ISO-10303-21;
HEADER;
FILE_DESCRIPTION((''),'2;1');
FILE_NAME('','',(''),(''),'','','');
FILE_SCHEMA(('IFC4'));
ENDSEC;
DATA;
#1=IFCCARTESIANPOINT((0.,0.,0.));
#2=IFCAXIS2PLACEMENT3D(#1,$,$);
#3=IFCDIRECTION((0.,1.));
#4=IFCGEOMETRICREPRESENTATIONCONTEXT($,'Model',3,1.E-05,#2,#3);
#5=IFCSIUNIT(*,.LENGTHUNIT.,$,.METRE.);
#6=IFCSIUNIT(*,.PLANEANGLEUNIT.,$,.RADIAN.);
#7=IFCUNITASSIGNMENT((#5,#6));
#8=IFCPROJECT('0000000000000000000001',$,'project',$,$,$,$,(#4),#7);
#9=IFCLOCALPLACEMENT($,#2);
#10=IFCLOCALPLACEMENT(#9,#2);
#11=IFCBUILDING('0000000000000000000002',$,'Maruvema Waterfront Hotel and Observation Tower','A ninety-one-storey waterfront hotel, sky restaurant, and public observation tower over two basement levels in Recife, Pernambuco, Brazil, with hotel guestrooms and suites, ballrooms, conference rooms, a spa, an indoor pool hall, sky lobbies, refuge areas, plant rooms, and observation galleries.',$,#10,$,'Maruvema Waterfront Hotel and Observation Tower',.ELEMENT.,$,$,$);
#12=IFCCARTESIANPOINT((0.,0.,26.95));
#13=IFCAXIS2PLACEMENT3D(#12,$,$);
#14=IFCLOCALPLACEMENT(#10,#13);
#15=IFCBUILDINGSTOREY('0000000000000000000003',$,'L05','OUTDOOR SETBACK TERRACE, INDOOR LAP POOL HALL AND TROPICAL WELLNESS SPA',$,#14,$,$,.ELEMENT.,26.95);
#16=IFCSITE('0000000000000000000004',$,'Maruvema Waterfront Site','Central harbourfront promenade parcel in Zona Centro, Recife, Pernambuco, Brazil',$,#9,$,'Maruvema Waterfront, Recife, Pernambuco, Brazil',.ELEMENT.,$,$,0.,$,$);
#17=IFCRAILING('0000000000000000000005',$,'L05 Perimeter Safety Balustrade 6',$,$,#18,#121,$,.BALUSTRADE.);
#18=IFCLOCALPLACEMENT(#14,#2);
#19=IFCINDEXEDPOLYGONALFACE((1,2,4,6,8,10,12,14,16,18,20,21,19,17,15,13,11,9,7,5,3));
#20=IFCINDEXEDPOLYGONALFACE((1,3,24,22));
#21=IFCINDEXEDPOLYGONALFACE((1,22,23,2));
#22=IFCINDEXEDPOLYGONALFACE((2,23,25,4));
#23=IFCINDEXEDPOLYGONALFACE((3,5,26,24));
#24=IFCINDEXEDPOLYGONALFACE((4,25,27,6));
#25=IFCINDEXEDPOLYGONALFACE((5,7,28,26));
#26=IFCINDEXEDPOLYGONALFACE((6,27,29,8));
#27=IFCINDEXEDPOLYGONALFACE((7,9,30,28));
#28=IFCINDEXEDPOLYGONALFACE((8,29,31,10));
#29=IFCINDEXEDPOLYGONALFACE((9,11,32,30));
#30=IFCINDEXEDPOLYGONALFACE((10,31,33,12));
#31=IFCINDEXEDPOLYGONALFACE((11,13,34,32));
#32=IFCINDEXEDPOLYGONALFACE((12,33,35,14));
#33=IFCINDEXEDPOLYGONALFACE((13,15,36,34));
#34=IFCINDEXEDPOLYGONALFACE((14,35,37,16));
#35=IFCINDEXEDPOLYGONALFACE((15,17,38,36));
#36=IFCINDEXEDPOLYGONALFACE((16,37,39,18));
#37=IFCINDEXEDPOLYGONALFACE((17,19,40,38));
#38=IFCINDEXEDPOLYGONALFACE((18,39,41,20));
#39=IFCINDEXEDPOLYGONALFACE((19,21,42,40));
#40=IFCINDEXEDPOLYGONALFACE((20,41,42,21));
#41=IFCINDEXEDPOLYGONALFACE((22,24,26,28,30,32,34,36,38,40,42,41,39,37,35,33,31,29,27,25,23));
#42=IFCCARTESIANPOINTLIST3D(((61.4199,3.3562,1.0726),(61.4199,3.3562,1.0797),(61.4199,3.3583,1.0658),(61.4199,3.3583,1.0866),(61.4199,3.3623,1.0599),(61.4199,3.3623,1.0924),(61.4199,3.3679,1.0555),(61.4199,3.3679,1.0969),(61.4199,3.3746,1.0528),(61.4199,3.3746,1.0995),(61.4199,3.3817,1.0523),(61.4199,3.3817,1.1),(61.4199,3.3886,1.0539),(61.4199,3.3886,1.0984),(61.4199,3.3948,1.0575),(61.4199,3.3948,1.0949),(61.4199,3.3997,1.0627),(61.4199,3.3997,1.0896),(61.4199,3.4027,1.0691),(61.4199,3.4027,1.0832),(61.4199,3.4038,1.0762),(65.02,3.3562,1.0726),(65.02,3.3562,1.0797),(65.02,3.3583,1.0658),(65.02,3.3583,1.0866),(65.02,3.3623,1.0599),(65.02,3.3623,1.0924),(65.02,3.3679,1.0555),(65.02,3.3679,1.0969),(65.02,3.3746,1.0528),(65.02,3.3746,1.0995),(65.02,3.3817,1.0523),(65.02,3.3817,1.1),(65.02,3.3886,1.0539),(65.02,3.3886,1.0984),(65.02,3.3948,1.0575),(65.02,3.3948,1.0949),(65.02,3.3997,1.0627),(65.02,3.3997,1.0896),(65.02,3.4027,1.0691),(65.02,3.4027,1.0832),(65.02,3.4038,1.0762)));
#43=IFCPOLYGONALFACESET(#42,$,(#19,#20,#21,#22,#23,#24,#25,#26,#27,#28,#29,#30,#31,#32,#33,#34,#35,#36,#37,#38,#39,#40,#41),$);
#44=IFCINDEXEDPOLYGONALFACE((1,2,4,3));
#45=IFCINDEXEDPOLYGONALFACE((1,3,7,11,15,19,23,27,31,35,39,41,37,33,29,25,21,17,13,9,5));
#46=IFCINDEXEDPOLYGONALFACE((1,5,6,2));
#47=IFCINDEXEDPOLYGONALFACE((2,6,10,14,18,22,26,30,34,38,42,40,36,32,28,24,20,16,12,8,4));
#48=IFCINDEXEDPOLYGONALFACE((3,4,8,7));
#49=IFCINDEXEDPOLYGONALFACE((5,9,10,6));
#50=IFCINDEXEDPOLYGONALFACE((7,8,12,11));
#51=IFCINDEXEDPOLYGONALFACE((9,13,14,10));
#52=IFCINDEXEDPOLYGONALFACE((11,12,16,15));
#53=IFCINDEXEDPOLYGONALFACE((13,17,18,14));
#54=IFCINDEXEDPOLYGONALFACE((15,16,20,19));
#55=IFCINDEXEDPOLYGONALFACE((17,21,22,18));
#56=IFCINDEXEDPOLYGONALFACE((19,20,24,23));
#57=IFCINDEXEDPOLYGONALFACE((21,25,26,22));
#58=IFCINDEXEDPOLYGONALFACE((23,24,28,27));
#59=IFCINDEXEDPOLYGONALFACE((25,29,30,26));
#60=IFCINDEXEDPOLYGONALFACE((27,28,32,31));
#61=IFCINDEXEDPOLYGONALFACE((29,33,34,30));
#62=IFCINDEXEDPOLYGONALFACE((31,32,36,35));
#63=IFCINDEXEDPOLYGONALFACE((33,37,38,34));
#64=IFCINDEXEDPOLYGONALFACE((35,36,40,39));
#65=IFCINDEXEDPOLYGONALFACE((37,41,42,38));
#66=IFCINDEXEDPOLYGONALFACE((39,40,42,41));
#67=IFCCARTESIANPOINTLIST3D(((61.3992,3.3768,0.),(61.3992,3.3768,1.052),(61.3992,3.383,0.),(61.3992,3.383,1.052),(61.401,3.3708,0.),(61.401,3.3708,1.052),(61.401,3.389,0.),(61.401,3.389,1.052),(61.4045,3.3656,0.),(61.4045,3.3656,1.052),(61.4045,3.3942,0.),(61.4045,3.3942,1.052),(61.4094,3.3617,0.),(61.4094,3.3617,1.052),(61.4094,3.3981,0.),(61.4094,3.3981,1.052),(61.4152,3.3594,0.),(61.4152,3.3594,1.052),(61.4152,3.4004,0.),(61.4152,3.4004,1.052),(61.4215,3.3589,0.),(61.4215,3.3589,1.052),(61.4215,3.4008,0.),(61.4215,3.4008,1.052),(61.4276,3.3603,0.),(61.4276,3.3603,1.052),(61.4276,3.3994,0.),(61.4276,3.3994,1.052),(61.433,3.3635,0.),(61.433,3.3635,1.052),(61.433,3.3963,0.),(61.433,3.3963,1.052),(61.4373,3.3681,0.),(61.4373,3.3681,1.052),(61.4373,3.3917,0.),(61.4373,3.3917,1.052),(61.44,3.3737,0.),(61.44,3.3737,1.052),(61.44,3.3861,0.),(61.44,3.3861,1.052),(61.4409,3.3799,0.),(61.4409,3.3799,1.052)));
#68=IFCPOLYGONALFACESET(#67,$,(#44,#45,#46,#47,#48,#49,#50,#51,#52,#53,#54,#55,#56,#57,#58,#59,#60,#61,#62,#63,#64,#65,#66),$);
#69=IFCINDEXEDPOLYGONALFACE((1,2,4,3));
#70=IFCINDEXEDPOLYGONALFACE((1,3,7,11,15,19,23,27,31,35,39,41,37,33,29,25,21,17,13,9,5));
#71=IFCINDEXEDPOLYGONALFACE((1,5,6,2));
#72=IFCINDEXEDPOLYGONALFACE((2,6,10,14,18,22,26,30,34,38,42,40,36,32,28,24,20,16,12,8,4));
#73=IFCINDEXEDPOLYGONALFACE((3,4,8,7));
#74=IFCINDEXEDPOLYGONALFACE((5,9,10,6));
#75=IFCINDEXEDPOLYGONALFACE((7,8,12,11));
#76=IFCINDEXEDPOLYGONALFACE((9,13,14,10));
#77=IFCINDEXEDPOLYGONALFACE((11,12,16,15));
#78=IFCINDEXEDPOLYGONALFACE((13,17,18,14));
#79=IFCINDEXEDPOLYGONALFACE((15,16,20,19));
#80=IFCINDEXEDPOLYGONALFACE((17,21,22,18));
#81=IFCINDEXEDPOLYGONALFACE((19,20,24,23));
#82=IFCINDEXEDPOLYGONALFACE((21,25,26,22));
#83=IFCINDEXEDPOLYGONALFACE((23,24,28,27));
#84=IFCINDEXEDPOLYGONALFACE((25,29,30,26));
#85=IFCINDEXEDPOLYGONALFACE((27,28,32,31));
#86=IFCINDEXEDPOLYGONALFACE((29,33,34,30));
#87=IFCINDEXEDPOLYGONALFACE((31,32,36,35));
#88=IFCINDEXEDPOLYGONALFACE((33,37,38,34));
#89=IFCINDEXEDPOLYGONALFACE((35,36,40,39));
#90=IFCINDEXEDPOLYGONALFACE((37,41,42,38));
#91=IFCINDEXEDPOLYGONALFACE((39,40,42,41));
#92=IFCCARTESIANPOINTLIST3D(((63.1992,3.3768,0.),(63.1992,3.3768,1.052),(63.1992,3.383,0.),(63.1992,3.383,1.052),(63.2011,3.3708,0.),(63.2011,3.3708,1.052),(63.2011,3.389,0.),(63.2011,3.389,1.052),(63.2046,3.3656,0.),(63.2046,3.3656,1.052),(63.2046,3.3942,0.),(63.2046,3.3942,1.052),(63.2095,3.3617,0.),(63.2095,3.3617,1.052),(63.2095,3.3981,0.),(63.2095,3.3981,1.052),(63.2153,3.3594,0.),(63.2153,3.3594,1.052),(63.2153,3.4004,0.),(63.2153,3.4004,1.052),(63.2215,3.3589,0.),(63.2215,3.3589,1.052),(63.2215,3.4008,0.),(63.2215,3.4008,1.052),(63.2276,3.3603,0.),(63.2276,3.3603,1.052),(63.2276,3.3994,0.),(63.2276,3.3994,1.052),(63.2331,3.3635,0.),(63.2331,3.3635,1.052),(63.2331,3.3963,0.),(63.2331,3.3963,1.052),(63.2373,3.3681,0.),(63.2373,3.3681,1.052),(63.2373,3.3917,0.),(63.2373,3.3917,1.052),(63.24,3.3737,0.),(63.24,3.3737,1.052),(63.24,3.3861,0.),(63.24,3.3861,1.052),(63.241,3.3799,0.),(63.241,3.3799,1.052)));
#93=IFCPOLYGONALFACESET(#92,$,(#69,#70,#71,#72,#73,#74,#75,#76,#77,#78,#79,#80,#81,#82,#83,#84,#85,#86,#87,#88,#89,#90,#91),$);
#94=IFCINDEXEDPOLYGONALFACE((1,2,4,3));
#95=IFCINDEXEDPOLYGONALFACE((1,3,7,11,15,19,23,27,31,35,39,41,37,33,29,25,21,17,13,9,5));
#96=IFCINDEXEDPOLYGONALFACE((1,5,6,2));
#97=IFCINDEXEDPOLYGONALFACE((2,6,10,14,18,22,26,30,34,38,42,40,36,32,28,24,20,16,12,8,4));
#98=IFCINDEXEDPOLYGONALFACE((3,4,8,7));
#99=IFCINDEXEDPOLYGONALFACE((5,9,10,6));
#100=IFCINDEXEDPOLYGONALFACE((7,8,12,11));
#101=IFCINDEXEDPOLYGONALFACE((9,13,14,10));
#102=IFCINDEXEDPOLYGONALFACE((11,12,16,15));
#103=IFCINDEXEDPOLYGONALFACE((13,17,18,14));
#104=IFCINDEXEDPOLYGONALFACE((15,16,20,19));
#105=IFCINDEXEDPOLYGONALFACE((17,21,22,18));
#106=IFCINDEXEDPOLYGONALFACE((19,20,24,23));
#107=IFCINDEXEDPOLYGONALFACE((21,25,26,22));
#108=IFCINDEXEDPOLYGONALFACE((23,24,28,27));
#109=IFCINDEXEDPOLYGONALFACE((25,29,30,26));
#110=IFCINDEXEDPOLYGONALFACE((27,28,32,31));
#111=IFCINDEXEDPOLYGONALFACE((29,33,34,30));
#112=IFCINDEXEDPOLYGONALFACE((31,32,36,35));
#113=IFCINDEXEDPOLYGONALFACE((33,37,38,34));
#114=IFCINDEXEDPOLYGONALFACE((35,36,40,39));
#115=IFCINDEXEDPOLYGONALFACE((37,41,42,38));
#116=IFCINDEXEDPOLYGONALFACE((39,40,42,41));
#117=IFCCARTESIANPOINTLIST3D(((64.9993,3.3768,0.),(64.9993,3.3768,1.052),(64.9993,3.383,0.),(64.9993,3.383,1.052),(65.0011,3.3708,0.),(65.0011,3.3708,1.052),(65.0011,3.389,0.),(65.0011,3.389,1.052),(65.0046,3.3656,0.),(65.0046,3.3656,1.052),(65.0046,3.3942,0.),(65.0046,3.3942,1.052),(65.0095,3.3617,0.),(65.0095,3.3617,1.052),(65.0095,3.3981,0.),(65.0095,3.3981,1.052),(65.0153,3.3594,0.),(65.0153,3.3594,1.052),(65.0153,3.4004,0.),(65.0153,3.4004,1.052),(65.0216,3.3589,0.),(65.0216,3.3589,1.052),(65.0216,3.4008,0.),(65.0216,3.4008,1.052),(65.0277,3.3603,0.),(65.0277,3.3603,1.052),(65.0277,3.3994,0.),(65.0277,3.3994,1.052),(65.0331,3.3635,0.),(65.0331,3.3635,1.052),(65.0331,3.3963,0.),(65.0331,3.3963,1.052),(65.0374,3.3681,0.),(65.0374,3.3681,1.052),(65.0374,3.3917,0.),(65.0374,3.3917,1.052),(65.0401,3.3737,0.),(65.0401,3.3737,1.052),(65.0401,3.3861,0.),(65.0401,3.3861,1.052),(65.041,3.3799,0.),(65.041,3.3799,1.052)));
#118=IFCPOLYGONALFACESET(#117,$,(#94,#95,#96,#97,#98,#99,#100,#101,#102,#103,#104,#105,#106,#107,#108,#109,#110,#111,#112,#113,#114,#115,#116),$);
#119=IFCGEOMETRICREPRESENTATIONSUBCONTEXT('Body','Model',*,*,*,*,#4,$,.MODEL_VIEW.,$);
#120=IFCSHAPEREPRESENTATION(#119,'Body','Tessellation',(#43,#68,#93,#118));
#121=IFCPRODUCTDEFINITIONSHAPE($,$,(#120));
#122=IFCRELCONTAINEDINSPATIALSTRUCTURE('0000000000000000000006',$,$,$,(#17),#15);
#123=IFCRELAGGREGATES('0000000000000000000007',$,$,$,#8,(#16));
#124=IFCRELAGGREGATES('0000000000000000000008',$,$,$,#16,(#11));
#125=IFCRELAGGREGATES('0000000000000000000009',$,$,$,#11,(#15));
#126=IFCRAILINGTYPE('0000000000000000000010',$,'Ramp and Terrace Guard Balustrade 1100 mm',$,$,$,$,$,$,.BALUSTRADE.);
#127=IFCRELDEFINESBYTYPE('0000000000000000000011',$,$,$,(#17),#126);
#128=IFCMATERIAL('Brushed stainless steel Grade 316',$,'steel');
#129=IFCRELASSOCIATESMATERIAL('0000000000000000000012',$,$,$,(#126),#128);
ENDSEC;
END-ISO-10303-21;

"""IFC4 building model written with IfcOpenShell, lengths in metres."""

from ifc_helpers import new_model, si_unit, direction, frame, origin, origin_2d, place, context, subcontext, project, spatial, circle, extrude, material, type_object, element, save


model = new_model("IFC4")

# Units and contexts
model_context = context("Model", 3, precision=1e-05, world=origin(), true_north=direction((0.0, 1.0)))
body_context = subcontext(model_context, "Body", "Model", "MODEL_VIEW")
ifc_project = project(units=[si_unit("LENGTHUNIT", "METRE"), si_unit("PLANEANGLEUNIT", "RADIAN")], contexts=[model_context])

# Site, building, storey
site_placement = place(None, origin())
site = spatial("IfcSite", under=ifc_project, at=site_placement, Name="Maruvema Waterfront Site", Description="Central harbourfront promenade parcel in Zona Centro, Recife, Pernambuco, Brazil", LongName="Maruvema Waterfront, Recife, Pernambuco, Brazil", CompositionType="ELEMENT", RefElevation=0.0)
building_placement = place(site_placement, origin())
building = spatial("IfcBuilding", under=site, at=building_placement, Name="Maruvema Waterfront Hotel and Observation Tower", Description="A ninety-one-storey waterfront hotel, sky restaurant, and public observation tower over two basement levels in Recife, Pernambuco, Brazil, with hotel guestrooms and suites, ballrooms, conference rooms, a spa, an indoor pool hall, sky lobbies, refuge areas, plant rooms, and observation galleries.", LongName="Maruvema Waterfront Hotel and Observation Tower", CompositionType="ELEMENT")
storey_placement = place(building_placement, frame((0.0, 0.0, 26.95)))
storey = spatial("IfcBuildingStorey", under=building, at=storey_placement, Name="L05", Description="OUTDOOR SETBACK TERRACE, INDOOR LAP POOL HALL AND TROPICAL WELLNESS SPA", CompositionType="ELEMENT", Elevation=26.95)

# Railing
ifc_material_1 = material(Name="Brushed stainless steel Grade 316", Category="steel")
railing_type = type_object("IfcRailingType", Name="Ramp and Terrace Guard Balustrade 1100 mm", PredefinedType="BALUSTRADE", material=ifc_material_1)
railing_1_placement = place(storey_placement, frame((61.4199, 3.3799, 0.0)))
element("IfcRailing", 1, at=railing_1_placement, inside=storey, type_object=railing_type, Name="L05 Perimeter Safety Balustrade 6", PredefinedType="BALUSTRADE", context=body_context, shape_type="SweptSolid", body=[
    extrude(circle(Radius=0.0239, at=origin_2d()), frame((0.0, 0.0, 1.0762), z_axis=(1.0, 0.0, 0.0), x_axis=(0.0, 1.0, 0.0)), (0.0, 0.0, 1.0), 3.6001),
    extrude(circle(Radius=0.021, at=origin_2d()), origin(), (0.0, 0.0, 1.0), 1.052),
    extrude(circle(Radius=0.021, at=origin_2d()), frame((1.8, 0.0, 0.0)), (0.0, 0.0, 1.0), 1.052),
    extrude(circle(Radius=0.021, at=origin_2d()), frame((3.6001, 0.0, 0.0)), (0.0, 0.0, 1.0), 1.052),
])

save(model, "model.ifc")
